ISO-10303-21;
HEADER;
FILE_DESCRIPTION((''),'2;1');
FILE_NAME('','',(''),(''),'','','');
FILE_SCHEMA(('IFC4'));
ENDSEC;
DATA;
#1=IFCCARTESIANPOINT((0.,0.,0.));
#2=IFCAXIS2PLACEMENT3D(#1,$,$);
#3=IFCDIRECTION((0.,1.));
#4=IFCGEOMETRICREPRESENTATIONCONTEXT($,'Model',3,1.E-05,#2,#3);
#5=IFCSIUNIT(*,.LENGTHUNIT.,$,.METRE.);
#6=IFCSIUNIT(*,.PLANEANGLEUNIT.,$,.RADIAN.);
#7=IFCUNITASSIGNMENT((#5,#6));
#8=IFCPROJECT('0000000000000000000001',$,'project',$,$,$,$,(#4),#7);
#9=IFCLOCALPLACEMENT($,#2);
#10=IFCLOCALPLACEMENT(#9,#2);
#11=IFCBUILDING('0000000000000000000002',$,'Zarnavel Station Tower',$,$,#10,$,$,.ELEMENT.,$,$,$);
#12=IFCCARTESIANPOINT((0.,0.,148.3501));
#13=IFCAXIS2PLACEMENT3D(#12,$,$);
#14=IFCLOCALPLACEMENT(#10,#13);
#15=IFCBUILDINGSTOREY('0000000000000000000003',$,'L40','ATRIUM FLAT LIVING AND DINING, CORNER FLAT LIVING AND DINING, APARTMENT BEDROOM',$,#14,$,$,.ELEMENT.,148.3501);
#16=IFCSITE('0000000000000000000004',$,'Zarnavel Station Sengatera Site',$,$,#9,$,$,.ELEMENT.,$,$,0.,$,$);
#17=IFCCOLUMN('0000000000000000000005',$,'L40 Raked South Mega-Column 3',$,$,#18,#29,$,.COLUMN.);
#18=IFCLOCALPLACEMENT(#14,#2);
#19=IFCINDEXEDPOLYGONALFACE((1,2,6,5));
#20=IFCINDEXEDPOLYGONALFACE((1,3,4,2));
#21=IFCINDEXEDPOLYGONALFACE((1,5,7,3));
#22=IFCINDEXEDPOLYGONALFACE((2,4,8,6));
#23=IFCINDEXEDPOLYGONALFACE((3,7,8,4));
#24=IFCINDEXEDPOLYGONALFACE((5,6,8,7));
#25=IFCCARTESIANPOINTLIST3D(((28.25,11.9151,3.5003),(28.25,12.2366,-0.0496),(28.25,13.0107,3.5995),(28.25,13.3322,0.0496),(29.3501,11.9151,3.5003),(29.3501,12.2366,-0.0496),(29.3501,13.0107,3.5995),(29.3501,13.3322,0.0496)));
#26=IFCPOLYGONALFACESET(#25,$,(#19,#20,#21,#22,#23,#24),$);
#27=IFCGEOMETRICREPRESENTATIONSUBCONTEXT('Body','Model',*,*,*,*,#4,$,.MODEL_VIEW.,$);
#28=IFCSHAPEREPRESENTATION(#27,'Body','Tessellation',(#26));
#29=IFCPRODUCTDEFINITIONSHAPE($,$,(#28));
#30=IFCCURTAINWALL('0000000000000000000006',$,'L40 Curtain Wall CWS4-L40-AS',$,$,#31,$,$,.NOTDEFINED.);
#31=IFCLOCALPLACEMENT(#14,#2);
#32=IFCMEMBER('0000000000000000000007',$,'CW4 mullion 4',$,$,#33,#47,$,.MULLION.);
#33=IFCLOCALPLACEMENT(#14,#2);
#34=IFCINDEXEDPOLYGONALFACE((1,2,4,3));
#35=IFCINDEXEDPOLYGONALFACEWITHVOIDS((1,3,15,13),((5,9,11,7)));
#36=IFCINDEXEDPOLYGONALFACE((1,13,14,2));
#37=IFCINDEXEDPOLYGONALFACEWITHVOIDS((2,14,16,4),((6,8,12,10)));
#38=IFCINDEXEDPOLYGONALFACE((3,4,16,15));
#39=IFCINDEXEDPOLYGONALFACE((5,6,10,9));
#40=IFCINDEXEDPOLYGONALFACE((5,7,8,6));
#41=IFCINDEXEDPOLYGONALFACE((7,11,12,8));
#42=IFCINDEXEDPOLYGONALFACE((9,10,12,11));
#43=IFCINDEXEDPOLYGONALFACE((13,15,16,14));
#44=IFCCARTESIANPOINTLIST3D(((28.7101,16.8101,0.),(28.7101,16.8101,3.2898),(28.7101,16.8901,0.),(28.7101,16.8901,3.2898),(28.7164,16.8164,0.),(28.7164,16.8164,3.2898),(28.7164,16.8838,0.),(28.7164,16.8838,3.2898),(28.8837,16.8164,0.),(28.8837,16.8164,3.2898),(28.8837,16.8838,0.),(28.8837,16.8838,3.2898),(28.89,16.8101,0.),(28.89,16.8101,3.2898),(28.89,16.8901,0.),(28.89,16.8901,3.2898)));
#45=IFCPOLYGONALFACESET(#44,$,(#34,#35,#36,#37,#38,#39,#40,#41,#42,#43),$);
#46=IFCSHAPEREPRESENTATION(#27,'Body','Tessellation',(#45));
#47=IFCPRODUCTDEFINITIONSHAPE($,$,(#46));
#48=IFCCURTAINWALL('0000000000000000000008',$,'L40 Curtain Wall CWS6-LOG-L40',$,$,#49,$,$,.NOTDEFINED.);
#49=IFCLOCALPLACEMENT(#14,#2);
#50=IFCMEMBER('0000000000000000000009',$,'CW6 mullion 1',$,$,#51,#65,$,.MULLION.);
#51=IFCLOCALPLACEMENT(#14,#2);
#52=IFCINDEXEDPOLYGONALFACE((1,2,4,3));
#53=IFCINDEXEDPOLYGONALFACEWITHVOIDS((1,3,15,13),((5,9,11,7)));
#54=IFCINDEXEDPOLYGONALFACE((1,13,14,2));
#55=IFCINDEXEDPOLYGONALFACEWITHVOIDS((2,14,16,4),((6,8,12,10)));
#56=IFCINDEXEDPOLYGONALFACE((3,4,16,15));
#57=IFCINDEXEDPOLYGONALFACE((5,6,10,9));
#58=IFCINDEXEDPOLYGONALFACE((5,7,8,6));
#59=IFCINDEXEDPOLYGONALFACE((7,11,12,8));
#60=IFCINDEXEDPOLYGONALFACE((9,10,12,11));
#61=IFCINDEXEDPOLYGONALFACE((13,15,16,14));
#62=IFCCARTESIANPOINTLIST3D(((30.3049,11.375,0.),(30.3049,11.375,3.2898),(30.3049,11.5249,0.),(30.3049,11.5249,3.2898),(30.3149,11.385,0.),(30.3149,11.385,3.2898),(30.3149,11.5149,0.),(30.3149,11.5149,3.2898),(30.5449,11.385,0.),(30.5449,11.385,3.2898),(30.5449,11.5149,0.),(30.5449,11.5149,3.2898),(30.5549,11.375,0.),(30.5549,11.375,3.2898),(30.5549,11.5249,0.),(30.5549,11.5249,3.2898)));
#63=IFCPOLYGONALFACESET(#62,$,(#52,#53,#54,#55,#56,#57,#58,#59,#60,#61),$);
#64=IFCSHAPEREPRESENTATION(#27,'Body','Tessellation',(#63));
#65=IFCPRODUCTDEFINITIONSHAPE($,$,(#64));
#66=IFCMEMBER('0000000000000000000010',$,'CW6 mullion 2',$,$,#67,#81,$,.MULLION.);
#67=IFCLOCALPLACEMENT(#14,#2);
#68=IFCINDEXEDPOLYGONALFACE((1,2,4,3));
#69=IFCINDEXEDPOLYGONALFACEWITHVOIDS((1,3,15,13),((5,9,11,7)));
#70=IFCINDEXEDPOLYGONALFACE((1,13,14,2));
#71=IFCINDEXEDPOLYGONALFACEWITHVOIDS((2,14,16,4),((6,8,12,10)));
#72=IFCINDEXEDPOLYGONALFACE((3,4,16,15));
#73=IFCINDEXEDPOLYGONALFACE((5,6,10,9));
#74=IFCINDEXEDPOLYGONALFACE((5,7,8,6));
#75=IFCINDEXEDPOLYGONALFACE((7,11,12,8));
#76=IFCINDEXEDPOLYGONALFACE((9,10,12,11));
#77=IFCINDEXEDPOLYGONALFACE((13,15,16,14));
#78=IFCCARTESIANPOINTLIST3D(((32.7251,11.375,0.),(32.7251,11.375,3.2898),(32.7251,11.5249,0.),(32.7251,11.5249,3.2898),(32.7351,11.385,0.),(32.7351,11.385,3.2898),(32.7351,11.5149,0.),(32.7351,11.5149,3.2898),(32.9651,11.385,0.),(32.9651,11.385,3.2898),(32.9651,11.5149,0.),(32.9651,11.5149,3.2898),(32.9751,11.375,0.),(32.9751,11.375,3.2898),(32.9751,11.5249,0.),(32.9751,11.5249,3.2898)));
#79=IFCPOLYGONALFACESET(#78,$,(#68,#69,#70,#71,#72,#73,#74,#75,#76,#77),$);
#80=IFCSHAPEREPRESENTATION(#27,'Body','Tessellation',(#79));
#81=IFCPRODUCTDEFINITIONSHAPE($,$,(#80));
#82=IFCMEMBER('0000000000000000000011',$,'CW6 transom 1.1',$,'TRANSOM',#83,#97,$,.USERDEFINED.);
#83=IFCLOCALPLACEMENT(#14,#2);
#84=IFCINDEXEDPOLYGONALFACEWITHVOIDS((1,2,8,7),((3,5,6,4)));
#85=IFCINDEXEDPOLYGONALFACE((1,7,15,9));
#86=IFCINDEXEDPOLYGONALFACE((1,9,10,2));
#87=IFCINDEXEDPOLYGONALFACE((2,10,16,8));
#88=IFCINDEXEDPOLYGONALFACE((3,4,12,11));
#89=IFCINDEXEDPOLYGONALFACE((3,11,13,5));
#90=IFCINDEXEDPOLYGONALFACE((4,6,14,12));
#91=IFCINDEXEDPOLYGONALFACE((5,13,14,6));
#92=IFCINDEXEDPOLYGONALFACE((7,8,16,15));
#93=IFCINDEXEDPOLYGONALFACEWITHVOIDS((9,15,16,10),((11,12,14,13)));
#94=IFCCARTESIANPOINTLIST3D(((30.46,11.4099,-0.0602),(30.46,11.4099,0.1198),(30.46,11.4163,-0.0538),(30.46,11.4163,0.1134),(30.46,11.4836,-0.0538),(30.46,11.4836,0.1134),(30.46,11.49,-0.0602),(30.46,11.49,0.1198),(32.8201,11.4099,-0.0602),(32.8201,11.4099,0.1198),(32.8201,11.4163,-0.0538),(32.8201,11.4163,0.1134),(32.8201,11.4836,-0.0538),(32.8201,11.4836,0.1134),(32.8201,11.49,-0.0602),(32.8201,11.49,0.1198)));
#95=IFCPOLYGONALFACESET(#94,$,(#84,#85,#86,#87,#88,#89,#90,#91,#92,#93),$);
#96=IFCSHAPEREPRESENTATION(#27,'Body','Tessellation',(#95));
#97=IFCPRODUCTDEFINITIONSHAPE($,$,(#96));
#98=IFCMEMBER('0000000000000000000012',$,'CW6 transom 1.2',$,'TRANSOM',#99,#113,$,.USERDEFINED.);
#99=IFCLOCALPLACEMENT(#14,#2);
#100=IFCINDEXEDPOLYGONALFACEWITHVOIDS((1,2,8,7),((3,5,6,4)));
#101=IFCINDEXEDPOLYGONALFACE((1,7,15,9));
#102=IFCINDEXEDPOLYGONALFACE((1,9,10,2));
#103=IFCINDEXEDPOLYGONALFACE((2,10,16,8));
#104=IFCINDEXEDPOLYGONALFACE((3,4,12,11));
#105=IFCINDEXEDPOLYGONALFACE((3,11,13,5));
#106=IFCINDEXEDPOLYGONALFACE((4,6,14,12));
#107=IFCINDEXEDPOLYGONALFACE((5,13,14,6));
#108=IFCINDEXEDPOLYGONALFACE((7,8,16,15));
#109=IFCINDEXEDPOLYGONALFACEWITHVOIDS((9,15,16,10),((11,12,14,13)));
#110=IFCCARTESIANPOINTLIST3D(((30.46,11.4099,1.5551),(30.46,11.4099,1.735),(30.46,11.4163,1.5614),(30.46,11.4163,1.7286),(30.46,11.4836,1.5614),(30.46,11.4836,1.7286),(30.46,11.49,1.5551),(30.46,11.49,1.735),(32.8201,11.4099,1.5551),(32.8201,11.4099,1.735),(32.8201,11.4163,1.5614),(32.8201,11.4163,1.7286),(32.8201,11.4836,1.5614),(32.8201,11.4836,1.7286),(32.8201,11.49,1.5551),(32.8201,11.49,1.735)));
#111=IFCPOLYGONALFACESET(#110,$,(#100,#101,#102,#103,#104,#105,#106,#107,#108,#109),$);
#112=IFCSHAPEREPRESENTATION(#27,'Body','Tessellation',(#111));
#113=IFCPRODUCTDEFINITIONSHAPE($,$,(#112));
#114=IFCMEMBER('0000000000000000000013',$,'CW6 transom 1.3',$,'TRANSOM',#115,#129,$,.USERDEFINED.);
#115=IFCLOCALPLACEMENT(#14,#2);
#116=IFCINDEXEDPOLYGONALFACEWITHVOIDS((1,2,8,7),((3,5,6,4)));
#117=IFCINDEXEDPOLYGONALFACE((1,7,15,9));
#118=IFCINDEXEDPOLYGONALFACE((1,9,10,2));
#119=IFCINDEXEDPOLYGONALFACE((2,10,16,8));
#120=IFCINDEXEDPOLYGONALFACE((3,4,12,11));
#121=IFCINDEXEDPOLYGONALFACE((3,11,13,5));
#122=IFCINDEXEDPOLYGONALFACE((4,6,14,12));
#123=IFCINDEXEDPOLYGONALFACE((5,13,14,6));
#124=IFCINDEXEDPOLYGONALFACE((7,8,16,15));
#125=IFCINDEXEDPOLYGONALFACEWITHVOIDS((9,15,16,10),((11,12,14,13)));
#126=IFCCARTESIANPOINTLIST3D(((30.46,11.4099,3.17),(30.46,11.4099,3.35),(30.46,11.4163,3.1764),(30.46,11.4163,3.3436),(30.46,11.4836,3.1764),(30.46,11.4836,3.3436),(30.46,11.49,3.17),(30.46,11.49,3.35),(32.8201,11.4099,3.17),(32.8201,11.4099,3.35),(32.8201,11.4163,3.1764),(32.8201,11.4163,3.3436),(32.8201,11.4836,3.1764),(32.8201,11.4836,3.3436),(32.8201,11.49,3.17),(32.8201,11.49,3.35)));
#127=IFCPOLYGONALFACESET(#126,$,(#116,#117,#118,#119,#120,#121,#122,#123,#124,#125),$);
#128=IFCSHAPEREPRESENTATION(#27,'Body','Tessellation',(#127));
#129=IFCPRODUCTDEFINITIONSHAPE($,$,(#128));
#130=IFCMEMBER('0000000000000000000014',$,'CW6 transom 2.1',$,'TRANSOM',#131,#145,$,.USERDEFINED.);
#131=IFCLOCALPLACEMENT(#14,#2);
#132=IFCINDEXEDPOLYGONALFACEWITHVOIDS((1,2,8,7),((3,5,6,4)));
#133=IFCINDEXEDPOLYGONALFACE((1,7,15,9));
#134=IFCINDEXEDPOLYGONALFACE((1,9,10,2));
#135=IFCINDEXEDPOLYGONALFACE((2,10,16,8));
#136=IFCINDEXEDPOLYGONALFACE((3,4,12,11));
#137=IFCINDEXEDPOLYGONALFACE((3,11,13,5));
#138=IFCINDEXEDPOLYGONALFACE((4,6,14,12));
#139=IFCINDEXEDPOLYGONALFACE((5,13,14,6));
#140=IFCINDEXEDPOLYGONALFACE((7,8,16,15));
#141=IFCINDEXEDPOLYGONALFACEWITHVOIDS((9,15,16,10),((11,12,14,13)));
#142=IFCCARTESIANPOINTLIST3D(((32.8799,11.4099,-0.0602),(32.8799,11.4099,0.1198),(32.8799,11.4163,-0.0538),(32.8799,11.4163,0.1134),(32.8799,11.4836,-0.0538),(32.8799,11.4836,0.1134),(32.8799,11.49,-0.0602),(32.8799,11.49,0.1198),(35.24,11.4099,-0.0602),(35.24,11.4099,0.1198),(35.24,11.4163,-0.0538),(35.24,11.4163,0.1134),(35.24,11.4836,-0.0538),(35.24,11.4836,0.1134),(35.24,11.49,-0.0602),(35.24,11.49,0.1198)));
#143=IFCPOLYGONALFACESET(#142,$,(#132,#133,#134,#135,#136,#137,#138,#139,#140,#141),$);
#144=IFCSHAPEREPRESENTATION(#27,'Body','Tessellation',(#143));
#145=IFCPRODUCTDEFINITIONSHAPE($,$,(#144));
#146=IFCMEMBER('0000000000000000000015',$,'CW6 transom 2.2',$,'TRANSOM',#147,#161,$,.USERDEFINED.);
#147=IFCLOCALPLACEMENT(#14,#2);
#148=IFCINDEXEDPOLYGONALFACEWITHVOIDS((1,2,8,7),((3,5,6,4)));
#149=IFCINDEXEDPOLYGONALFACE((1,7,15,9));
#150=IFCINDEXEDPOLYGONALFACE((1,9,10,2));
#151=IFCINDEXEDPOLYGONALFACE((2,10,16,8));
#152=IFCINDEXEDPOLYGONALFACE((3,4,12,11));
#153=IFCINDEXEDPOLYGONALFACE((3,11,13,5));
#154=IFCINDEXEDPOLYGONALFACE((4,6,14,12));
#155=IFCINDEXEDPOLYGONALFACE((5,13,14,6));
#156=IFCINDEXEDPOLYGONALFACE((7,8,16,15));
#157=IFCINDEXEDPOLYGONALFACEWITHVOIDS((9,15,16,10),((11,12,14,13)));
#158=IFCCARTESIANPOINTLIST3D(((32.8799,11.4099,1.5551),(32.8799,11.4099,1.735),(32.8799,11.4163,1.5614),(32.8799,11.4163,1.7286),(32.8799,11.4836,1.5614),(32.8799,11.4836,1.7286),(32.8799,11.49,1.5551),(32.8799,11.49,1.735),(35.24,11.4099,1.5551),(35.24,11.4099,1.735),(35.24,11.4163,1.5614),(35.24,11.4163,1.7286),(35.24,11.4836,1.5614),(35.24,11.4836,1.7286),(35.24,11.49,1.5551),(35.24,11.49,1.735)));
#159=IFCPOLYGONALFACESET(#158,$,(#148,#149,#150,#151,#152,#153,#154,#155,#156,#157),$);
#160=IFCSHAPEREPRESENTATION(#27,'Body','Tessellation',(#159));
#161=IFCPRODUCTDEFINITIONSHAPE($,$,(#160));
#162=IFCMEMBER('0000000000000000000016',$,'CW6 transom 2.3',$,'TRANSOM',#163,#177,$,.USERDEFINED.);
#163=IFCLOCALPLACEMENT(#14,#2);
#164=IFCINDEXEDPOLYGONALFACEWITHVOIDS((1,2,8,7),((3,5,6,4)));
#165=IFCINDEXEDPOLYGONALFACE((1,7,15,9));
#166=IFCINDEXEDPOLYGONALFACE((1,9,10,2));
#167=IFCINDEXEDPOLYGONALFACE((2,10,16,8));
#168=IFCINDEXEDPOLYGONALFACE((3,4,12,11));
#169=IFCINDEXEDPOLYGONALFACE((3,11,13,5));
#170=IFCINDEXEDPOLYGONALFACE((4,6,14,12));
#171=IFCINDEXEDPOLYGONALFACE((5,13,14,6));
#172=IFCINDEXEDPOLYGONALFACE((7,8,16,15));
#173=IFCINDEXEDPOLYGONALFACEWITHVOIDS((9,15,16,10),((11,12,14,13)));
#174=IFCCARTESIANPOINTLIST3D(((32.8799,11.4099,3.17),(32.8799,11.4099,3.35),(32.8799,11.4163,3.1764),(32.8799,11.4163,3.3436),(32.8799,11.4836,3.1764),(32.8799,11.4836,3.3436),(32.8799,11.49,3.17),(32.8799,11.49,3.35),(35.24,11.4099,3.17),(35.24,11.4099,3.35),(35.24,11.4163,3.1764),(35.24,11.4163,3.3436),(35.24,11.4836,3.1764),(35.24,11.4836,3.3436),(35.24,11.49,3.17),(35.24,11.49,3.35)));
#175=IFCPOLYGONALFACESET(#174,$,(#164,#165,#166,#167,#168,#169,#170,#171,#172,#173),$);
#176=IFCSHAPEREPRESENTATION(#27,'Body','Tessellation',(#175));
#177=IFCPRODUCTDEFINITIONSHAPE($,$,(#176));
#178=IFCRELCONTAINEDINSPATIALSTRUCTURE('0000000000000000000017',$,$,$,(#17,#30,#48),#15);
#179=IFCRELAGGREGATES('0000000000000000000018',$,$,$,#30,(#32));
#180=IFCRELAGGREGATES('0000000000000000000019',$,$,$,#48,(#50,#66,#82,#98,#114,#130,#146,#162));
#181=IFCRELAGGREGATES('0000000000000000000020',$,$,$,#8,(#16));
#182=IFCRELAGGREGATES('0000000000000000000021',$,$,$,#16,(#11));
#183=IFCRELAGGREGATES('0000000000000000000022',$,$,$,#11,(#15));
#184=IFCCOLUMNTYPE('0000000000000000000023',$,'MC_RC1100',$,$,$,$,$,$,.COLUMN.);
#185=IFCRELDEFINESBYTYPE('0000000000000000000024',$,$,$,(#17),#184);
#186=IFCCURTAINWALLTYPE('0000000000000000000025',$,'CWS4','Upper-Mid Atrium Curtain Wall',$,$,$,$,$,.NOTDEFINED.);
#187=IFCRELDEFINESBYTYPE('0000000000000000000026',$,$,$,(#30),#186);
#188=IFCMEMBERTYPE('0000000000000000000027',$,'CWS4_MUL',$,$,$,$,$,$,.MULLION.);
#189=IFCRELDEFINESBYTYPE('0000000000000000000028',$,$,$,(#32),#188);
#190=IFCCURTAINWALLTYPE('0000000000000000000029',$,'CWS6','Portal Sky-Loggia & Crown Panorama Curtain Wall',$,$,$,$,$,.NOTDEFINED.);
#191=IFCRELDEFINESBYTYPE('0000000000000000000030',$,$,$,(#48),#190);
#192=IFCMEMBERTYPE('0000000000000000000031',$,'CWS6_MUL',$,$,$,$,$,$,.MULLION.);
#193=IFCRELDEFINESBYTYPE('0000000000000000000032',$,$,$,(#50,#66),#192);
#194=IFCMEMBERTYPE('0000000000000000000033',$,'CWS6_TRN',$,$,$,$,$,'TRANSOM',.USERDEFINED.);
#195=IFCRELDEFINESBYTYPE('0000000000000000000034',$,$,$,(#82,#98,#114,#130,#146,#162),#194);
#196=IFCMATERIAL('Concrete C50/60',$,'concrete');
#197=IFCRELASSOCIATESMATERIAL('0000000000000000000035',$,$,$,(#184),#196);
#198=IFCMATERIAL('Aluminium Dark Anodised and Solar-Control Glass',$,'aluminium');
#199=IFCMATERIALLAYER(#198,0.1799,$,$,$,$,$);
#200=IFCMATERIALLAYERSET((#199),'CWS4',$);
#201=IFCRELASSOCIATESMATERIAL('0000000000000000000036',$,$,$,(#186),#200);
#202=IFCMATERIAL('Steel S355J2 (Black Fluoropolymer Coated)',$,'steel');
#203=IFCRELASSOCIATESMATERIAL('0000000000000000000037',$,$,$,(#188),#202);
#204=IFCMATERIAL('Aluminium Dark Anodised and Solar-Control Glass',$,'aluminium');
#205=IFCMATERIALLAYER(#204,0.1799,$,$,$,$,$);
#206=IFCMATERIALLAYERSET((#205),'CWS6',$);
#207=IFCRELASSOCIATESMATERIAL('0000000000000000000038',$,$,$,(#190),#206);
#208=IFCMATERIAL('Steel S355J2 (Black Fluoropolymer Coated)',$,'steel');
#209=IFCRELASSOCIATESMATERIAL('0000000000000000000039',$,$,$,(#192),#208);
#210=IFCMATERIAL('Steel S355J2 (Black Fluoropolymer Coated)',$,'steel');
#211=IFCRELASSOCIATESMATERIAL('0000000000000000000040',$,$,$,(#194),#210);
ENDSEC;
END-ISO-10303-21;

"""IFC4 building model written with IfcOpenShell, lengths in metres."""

from ifc_helpers import new_model, si_unit, direction, frame, origin, origin_2d, place, context, subcontext, project, spatial, rectangle, hollow_rectangle, extrude, material, layer, layer_set, material_profile, profile_set, type_object, element, aggregate, save


model = new_model("IFC4")

# Units and contexts
model_context = context("Model", 3, precision=1e-05, world=origin(), true_north=direction((0.0, 1.0)))
body_context = subcontext(model_context, "Body", "Model", "MODEL_VIEW")
ifc_project = project(units=[si_unit("LENGTHUNIT", "METRE"), si_unit("PLANEANGLEUNIT", "RADIAN")], contexts=[model_context])

# Site, building, storey
site_placement = place(None, origin())
site = spatial("IfcSite", under=ifc_project, at=site_placement, Name="Zarnavel Station Sengatera Site", CompositionType="ELEMENT", RefElevation=0.0)
building_placement = place(site_placement, origin())
building = spatial("IfcBuilding", under=site, at=building_placement, Name="Zarnavel Station Tower", CompositionType="ELEMENT")
storey_placement = place(building_placement, frame((0.0, 0.0, 148.3501)))
storey = spatial("IfcBuildingStorey", under=building, at=storey_placement, Name="L40", Description="ATRIUM FLAT LIVING AND DINING, CORNER FLAT LIVING AND DINING, APARTMENT BEDROOM", CompositionType="ELEMENT", Elevation=148.3501)

# Column
ifc_material_1 = material(Name="Concrete C50/60", Category="concrete")
ifc_material_profile_1 = material_profile(ifc_material_1, rectangle(XDim=1.1001, YDim=1.1001, at=origin_2d()), Name="RC1100x1100")
ifc_profile_set_1 = profile_set([ifc_material_profile_1], Name="Concrete C50/60")
column_type = type_object("IfcColumnType", Name="MC_RC1100", PredefinedType="COLUMN", material=ifc_profile_set_1)
column_placement = place(storey_placement, frame((28.8, 12.7844, 0.0), z_axis=(0.0, -0.090208, 0.995923), x_axis=(1.0, 0.0, 0.0)))
element("IfcColumn", 1, at=column_placement, inside=storey, type_object=column_type, Name="L40 Raked South Mega-Column 3", PredefinedType="COLUMN", context=body_context, shape_type="SweptSolid", body=[
    extrude(rectangle(XDim=1.1001, YDim=1.1001, at=origin_2d()), origin(), (0.0, 0.0, 1.0), 3.5645),
])

# Curtain wall, member
ifc_material_2 = material(Name="Aluminium Dark Anodised and Solar-Control Glass", Category="aluminium")
ifc_layer_1 = layer(ifc_material_2, 0.1799)
ifc_layer_set_1 = layer_set([ifc_layer_1], Name="CWS4")
curtain_wall_type_1 = type_object("IfcCurtainWallType", Name="CWS4", Description="Upper-Mid Atrium Curtain Wall", PredefinedType="NOTDEFINED", material=ifc_layer_set_1)
curtain_wall_1_placement = place(storey_placement, origin())
curtain_wall_1 = element("IfcCurtainWall", 2, at=curtain_wall_1_placement, inside=storey, type_object=curtain_wall_type_1, Name="L40 Curtain Wall CWS4-L40-AS", PredefinedType="NOTDEFINED")
ifc_material_3 = material(Name="Steel S355J2 (Black Fluoropolymer Coated)", Category="steel")
ifc_material_profile_2 = material_profile(ifc_material_3, hollow_rectangle(XDim=0.0801, YDim=0.1799, WallThickness=0.0063, at=origin_2d()), Name="RHS180x80x6.3")
ifc_profile_set_2 = profile_set([ifc_material_profile_2], Name="Steel S355J2 (Black Fluoropolymer Coated)")
member_type_1 = type_object("IfcMemberType", Name="CWS4_MUL", PredefinedType="MULLION", material=ifc_profile_set_2)
member_1_placement = place(storey_placement, frame((28.8, 16.8501, 0.0), z_axis=(0.0, 0.0, 1.0), x_axis=(0.0, 1.0, 0.0)))
member_1 = element("IfcMember", 3, at=member_1_placement, type_object=member_type_1, Name="CW4 mullion 4", PredefinedType="MULLION", context=body_context, shape_type="SweptSolid", body=[
    extrude(hollow_rectangle(XDim=0.0801, YDim=0.1799, WallThickness=0.0063, at=origin_2d()), origin(), (0.0, 0.0, 1.0), 3.2898),
])

# Curtain wall, members
ifc_material_4 = material(Name="Aluminium Dark Anodised and Solar-Control Glass", Category="aluminium")
ifc_layer_2 = layer(ifc_material_4, 0.1799)
ifc_layer_set_2 = layer_set([ifc_layer_2], Name="CWS6")
curtain_wall_type_2 = type_object("IfcCurtainWallType", Name="CWS6", Description="Portal Sky-Loggia & Crown Panorama Curtain Wall", PredefinedType="NOTDEFINED", material=ifc_layer_set_2)
curtain_wall_2_placement = place(storey_placement, origin())
curtain_wall_2 = element("IfcCurtainWall", 4, at=curtain_wall_2_placement, inside=storey, type_object=curtain_wall_type_2, Name="L40 Curtain Wall CWS6-LOG-L40", PredefinedType="NOTDEFINED")
ifc_material_5 = material(Name="Steel S355J2 (Black Fluoropolymer Coated)", Category="steel")
ifc_material_profile_3 = material_profile(ifc_material_5, hollow_rectangle(XDim=0.1499, YDim=0.25, WallThickness=0.01, at=origin_2d()), Name="RHS250x150x10")
ifc_profile_set_3 = profile_set([ifc_material_profile_3], Name="Steel S355J2 (Black Fluoropolymer Coated)")
member_type_2 = type_object("IfcMemberType", Name="CWS6_MUL", PredefinedType="MULLION", material=ifc_profile_set_3)
member_2_placement = place(storey_placement, frame((30.4299, 11.45, 0.0), z_axis=(0.0, 0.0, 1.0), x_axis=(0.0, 1.0, 0.0)))
member_2 = element("IfcMember", 5, at=member_2_placement, type_object=member_type_2, Name="CW6 mullion 1", PredefinedType="MULLION", context=body_context, shape_type="SweptSolid", body=[
    extrude(hollow_rectangle(XDim=0.1499, YDim=0.25, WallThickness=0.01, at=origin_2d()), origin(), (0.0, 0.0, 1.0), 3.2898),
])
member_3_placement = place(storey_placement, frame((32.8501, 11.45, 0.0), z_axis=(0.0, 0.0, 1.0), x_axis=(0.0, 1.0, 0.0)))
member_3 = element("IfcMember", 6, at=member_3_placement, type_object=member_type_2, Name="CW6 mullion 2", PredefinedType="MULLION", context=body_context, shape_type="SweptSolid", body=[
    extrude(hollow_rectangle(XDim=0.1499, YDim=0.25, WallThickness=0.01, at=origin_2d()), origin(), (0.0, 0.0, 1.0), 3.2898),
])
ifc_material_6 = material(Name="Steel S355J2 (Black Fluoropolymer Coated)", Category="steel")
ifc_material_profile_4 = material_profile(ifc_material_6, hollow_rectangle(XDim=0.0801, YDim=0.1799, WallThickness=0.0063, at=origin_2d()), Name="RHS180x80x6.3")
ifc_profile_set_4 = profile_set([ifc_material_profile_4], Name="Steel S355J2 (Black Fluoropolymer Coated)")
member_type_3 = type_object("IfcMemberType", Name="CWS6_TRN", ElementType="TRANSOM", PredefinedType="USERDEFINED", material=ifc_profile_set_4)
member_4_placement = place(storey_placement, frame((30.46, 11.45, 0.0298), z_axis=(1.0, 0.0, 0.0), x_axis=(0.0, 1.0, 0.0)))
member_4 = element("IfcMember", 7, at=member_4_placement, type_object=member_type_3, Name="CW6 transom 1.1", ObjectType="TRANSOM", PredefinedType="USERDEFINED", context=body_context, shape_type="SweptSolid", body=[
    extrude(hollow_rectangle(XDim=0.0801, YDim=0.1799, WallThickness=0.0063, at=origin_2d()), origin(), (0.0, 0.0, 1.0), 2.3601),
])
member_5_placement = place(storey_placement, frame((30.46, 11.45, 1.645), z_axis=(1.0, 0.0, 0.0), x_axis=(0.0, 1.0, 0.0)))
member_5 = element("IfcMember", 8, at=member_5_placement, type_object=member_type_3, Name="CW6 transom 1.2", ObjectType="TRANSOM", PredefinedType="USERDEFINED", context=body_context, shape_type="SweptSolid", body=[
    extrude(hollow_rectangle(XDim=0.0801, YDim=0.1799, WallThickness=0.0063, at=origin_2d()), origin(), (0.0, 0.0, 1.0), 2.3601),
])
member_6_placement = place(storey_placement, frame((30.46, 11.45, 3.26), z_axis=(1.0, 0.0, 0.0), x_axis=(0.0, 1.0, 0.0)))
member_6 = element("IfcMember", 9, at=member_6_placement, type_object=member_type_3, Name="CW6 transom 1.3", ObjectType="TRANSOM", PredefinedType="USERDEFINED", context=body_context, shape_type="SweptSolid", body=[
    extrude(hollow_rectangle(XDim=0.0801, YDim=0.1799, WallThickness=0.0063, at=origin_2d()), origin(), (0.0, 0.0, 1.0), 2.3601),
])
member_7_placement = place(storey_placement, frame((32.8799, 11.45, 0.0298), z_axis=(1.0, 0.0, 0.0), x_axis=(0.0, 1.0, 0.0)))
member_7 = element("IfcMember", 10, at=member_7_placement, type_object=member_type_3, Name="CW6 transom 2.1", ObjectType="TRANSOM", PredefinedType="USERDEFINED", context=body_context, shape_type="SweptSolid", body=[
    extrude(hollow_rectangle(XDim=0.0801, YDim=0.1799, WallThickness=0.0063, at=origin_2d()), origin(), (0.0, 0.0, 1.0), 2.3601),
])
member_8_placement = place(storey_placement, frame((32.8799, 11.45, 1.645), z_axis=(1.0, 0.0, 0.0), x_axis=(0.0, 1.0, 0.0)))
member_8 = element("IfcMember", 11, at=member_8_placement, type_object=member_type_3, Name="CW6 transom 2.2", ObjectType="TRANSOM", PredefinedType="USERDEFINED", context=body_context, shape_type="SweptSolid", body=[
    extrude(hollow_rectangle(XDim=0.0801, YDim=0.1799, WallThickness=0.0063, at=origin_2d()), origin(), (0.0, 0.0, 1.0), 2.3601),
])
member_9_placement = place(storey_placement, frame((32.8799, 11.45, 3.26), z_axis=(1.0, 0.0, 0.0), x_axis=(0.0, 1.0, 0.0)))
member_9 = element("IfcMember", 12, at=member_9_placement, type_object=member_type_3, Name="CW6 transom 2.3", ObjectType="TRANSOM", PredefinedType="USERDEFINED", context=body_context, shape_type="SweptSolid", body=[
    extrude(hollow_rectangle(XDim=0.0801, YDim=0.1799, WallThickness=0.0063, at=origin_2d()), origin(), (0.0, 0.0, 1.0), 2.3601),
])

aggregate(curtain_wall_1, [member_1])
aggregate(curtain_wall_2, [member_2, member_3, member_4, member_5, member_6, member_7, member_8, member_9])

save(model, "model.ifc")
